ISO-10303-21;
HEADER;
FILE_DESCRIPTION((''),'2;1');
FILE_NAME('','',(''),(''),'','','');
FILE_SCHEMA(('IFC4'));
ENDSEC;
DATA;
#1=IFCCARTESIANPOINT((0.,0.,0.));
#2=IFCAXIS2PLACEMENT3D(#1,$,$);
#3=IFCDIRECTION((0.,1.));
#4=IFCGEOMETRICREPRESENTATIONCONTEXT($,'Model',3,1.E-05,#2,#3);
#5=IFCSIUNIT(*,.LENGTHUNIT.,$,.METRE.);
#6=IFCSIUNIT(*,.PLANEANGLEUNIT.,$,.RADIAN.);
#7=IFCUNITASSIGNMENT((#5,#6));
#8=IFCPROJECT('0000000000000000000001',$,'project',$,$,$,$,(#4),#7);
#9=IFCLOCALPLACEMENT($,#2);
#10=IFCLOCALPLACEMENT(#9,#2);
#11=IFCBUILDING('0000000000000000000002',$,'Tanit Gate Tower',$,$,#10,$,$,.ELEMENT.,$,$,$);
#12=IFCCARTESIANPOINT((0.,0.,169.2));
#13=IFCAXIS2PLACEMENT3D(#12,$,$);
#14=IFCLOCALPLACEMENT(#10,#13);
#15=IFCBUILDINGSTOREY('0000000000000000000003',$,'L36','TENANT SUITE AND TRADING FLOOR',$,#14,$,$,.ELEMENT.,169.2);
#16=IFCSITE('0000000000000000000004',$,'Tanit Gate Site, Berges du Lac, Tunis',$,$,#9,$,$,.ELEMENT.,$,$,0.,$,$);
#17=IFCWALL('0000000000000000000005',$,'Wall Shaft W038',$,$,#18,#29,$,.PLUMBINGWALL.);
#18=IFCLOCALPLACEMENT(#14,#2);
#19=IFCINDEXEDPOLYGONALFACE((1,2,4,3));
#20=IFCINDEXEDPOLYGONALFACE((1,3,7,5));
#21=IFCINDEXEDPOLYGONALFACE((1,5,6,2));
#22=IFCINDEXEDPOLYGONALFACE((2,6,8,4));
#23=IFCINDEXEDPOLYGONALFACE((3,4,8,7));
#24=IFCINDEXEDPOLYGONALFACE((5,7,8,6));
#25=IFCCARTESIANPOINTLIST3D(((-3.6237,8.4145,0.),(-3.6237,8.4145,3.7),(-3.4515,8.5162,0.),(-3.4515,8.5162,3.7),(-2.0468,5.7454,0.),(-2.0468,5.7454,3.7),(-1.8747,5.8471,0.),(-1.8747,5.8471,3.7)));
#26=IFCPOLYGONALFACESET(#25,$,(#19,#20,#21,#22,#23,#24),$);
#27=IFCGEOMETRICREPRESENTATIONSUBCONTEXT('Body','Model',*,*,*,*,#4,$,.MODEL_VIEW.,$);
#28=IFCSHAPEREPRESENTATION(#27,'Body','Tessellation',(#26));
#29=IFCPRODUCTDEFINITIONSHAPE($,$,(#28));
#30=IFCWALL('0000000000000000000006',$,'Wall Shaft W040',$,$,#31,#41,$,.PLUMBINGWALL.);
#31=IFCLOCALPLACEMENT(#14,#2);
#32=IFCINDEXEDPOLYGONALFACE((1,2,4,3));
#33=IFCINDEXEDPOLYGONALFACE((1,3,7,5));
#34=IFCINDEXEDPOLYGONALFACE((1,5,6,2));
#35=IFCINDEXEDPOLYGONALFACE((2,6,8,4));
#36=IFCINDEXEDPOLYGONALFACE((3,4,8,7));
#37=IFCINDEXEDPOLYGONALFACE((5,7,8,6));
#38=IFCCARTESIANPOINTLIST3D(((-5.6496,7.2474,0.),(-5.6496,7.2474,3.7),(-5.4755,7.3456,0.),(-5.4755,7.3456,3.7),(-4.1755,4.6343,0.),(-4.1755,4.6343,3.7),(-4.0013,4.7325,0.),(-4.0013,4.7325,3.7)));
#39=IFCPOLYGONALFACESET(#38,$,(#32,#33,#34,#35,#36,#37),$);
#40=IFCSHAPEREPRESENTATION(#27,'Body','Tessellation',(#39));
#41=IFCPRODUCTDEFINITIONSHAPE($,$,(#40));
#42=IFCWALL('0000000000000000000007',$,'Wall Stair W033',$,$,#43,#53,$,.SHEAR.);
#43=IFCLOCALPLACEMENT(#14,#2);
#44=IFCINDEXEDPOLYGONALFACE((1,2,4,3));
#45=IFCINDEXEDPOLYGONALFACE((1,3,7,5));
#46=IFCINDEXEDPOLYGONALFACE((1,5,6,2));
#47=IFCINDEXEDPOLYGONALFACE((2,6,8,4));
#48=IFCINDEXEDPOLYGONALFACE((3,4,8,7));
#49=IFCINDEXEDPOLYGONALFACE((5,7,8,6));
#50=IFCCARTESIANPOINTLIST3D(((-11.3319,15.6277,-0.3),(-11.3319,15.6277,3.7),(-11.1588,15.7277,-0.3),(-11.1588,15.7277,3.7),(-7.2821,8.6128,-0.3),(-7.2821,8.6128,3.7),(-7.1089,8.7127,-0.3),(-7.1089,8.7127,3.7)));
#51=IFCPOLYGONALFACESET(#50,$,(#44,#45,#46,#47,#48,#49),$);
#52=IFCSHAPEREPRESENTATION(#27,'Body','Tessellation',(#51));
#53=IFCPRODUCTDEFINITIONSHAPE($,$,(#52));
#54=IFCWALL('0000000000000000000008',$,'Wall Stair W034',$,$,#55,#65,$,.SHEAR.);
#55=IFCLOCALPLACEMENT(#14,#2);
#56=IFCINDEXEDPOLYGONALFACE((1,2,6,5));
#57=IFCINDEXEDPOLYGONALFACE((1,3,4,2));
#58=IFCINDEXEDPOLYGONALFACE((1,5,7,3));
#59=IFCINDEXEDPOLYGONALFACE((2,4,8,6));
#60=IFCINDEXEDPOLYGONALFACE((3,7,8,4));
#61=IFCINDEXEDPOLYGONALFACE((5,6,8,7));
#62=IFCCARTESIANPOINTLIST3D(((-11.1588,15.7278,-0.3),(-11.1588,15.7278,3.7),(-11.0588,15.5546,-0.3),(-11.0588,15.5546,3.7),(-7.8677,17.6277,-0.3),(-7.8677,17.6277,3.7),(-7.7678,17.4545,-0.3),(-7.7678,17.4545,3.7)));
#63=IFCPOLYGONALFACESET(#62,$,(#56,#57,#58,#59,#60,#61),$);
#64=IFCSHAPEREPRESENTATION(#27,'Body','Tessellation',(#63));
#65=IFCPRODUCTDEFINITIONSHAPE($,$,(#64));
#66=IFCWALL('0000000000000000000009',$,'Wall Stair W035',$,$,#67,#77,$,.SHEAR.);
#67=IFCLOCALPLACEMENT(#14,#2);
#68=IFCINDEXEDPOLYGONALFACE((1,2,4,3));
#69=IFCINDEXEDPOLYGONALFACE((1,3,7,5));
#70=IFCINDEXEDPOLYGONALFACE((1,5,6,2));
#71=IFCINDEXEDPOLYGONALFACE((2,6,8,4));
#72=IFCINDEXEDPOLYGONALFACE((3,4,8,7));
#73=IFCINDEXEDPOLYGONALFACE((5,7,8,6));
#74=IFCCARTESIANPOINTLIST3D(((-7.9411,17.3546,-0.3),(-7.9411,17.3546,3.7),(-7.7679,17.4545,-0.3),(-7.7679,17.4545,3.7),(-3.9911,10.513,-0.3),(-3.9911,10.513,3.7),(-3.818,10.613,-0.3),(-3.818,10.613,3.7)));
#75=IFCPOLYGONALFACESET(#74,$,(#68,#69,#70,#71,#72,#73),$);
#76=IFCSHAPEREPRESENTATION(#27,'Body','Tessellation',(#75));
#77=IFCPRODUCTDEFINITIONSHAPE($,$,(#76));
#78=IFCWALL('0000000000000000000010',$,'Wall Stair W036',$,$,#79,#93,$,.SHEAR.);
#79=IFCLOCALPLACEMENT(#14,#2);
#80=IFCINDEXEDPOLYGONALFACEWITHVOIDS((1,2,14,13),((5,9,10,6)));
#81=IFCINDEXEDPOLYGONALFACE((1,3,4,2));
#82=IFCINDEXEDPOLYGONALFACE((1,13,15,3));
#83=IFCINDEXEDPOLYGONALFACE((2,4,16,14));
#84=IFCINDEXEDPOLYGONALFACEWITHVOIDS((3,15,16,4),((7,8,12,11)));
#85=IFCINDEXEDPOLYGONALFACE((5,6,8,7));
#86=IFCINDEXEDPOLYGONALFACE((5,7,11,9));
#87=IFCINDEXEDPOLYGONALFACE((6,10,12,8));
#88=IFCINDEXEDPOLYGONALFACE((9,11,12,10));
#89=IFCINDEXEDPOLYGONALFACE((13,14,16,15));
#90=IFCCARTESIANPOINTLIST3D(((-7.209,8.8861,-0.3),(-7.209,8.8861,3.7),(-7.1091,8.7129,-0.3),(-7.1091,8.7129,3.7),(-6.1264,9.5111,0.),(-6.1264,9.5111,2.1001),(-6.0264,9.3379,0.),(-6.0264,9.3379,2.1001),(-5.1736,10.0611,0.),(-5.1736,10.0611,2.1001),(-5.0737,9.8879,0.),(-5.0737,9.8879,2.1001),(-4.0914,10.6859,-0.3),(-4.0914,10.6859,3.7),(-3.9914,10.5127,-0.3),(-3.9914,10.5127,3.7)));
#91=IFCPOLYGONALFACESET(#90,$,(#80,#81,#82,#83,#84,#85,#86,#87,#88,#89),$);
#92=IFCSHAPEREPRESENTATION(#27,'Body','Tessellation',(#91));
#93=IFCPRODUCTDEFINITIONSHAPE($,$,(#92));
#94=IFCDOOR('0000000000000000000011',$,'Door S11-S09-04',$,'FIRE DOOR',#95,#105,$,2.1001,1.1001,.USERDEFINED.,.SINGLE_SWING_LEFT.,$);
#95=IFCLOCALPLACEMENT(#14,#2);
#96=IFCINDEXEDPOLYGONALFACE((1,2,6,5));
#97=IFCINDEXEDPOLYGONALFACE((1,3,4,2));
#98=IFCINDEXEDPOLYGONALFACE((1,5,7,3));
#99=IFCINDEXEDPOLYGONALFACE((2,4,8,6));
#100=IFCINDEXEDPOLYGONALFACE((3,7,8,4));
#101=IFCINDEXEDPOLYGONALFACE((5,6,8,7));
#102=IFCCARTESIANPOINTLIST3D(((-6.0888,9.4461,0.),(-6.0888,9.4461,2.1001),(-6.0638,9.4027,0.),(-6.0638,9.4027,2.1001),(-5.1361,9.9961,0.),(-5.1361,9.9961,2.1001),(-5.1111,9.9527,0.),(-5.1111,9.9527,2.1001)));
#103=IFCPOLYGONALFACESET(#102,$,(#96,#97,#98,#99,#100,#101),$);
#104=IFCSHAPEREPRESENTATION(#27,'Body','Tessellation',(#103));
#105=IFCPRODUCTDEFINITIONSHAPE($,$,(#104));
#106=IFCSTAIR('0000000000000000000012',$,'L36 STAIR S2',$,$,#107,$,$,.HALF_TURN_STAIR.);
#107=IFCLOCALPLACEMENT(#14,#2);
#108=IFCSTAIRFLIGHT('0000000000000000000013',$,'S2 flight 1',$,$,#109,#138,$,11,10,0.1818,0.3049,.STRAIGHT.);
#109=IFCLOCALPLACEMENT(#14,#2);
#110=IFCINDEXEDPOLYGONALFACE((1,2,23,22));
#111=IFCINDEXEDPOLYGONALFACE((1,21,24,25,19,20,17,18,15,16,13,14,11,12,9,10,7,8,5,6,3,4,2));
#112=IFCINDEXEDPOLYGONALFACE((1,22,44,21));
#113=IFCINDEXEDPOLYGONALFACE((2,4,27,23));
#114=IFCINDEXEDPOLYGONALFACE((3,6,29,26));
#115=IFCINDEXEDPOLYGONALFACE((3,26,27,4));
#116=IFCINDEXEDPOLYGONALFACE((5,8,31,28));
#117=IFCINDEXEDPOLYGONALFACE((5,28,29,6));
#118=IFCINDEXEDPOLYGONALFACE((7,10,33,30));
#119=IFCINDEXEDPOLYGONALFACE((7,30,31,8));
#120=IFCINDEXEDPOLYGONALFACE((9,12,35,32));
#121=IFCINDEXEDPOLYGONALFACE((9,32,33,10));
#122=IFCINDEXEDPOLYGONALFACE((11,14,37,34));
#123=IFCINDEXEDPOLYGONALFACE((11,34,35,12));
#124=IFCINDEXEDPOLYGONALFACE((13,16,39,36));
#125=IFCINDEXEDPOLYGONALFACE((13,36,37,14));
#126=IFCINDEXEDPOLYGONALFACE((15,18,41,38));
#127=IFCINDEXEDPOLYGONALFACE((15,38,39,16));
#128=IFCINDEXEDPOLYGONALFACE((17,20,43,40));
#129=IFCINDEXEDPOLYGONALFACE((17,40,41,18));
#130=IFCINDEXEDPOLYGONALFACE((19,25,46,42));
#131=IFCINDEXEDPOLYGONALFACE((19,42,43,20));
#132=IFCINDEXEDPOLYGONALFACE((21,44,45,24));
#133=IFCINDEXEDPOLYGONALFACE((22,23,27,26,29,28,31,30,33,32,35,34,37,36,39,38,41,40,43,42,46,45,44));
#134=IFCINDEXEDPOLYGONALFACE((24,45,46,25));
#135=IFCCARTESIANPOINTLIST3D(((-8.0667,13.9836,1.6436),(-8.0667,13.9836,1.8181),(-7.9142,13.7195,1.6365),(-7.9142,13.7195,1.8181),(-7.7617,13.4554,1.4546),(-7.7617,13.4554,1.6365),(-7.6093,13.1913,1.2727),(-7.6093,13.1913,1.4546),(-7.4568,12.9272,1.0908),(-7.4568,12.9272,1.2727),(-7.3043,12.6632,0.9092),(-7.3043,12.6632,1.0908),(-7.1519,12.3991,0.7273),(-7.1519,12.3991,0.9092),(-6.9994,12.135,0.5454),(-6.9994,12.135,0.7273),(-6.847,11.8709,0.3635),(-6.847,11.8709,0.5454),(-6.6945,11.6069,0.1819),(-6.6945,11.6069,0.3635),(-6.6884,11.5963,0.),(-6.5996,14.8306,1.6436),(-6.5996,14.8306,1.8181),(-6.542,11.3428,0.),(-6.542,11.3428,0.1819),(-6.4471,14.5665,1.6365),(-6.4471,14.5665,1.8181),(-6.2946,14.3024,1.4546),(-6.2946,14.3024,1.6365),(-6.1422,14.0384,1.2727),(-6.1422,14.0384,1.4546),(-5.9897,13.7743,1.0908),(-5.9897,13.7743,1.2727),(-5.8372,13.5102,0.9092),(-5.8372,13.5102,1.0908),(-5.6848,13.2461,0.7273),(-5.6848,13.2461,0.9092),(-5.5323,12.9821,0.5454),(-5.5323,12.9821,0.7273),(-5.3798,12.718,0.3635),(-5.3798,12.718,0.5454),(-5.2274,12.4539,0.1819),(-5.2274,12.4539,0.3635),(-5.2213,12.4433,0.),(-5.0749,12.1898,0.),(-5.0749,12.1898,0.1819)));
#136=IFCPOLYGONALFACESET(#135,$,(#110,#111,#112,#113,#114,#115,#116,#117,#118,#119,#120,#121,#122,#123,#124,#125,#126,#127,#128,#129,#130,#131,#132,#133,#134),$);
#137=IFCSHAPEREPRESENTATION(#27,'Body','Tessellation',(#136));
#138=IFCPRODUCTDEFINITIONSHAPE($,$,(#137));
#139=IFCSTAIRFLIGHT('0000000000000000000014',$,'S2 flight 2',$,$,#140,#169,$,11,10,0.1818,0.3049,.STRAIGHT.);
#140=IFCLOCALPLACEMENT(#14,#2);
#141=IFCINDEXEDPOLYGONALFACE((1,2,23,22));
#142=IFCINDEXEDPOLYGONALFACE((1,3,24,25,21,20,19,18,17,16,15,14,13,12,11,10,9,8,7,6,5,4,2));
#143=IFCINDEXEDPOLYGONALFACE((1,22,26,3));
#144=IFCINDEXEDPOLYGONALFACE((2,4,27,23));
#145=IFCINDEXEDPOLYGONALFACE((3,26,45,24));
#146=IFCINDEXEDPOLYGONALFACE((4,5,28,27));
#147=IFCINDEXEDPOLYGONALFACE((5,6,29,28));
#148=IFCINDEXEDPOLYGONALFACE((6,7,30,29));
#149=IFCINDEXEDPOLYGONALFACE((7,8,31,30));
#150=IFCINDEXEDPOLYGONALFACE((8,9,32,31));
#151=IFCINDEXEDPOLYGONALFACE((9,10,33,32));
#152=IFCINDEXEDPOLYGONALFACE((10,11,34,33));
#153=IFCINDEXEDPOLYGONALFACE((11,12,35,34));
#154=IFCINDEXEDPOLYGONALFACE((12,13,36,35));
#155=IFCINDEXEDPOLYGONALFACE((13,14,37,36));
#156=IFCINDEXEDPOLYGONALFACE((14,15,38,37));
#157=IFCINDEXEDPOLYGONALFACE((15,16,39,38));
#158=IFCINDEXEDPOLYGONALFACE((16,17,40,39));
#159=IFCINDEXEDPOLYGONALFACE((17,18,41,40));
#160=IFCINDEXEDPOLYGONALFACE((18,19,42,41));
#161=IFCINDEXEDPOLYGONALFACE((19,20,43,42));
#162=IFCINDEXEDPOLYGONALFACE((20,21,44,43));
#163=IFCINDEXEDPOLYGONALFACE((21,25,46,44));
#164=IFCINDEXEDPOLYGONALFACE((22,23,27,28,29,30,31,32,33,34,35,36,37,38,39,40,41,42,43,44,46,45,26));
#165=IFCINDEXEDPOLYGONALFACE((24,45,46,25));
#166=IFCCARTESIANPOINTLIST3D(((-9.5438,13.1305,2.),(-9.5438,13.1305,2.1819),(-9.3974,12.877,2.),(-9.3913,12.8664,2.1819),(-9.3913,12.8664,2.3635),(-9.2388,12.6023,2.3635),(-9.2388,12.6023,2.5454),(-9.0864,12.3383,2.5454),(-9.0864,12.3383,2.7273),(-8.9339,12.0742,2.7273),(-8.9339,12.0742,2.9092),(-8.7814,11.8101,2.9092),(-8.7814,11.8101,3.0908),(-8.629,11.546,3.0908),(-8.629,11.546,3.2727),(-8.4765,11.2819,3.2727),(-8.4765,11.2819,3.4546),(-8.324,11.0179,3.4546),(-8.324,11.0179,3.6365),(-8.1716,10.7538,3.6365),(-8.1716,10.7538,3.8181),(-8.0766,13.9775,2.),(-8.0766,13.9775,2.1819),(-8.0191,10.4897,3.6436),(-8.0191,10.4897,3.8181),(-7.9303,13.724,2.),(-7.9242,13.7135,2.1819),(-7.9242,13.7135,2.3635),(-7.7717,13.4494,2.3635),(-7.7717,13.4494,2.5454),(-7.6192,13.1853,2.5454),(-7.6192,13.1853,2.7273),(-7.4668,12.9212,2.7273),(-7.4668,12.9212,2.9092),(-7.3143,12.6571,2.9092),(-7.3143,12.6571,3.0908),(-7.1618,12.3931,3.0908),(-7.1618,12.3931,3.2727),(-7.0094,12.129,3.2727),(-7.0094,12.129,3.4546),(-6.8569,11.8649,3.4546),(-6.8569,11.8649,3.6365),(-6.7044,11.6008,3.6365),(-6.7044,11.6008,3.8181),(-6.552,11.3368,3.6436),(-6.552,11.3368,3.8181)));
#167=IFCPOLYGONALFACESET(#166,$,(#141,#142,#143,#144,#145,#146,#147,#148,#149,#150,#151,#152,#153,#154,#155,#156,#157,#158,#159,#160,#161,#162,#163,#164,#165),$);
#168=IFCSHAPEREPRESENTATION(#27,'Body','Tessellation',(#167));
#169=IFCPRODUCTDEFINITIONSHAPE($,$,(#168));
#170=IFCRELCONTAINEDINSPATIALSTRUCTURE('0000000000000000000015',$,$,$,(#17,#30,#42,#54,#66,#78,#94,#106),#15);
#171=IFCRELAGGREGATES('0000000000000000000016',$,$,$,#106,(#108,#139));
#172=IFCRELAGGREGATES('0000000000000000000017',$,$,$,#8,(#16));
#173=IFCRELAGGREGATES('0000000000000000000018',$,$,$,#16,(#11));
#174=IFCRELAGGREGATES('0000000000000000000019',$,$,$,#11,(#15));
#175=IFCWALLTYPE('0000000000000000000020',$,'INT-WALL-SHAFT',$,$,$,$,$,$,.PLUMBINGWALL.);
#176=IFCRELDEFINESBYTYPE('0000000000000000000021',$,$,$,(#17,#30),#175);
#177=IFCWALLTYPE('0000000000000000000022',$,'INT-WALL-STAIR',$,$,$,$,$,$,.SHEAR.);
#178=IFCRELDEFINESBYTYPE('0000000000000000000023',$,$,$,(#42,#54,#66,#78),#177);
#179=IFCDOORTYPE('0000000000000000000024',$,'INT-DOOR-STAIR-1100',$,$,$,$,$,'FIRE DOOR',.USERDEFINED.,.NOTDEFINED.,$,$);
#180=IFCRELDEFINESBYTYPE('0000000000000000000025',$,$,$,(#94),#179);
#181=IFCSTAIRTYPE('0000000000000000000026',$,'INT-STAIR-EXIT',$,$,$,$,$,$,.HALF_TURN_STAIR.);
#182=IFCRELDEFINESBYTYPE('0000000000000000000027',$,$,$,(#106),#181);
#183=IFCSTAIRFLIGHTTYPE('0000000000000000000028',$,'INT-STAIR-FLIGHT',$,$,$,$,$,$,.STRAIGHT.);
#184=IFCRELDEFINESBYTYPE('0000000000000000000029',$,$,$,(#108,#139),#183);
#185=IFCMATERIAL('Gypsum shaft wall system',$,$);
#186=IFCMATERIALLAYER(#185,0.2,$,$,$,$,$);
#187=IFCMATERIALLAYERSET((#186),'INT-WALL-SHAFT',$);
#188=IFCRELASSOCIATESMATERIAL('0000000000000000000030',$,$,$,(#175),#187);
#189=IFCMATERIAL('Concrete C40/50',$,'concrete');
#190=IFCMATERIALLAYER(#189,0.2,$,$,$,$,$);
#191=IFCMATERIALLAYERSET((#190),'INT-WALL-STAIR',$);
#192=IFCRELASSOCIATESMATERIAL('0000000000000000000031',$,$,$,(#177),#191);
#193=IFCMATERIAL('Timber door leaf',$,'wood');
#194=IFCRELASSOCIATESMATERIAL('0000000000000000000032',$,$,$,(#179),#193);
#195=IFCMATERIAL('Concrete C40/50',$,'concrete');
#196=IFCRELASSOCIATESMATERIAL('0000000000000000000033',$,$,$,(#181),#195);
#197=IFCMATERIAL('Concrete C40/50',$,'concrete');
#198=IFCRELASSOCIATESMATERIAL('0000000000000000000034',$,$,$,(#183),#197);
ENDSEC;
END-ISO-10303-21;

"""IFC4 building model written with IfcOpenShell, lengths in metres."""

from ifc_helpers import new_model, si_unit, direction, frame, frame_2d, origin, place, context, subcontext, project, spatial, polyline, rectangle, outline, extrude, material, layer, layer_set, type_object, element, fill, aggregate, save


model = new_model("IFC4")

# Units and contexts
model_context = context("Model", 3, precision=1e-05, world=origin(), true_north=direction((0.0, 1.0)))
body_context = subcontext(model_context, "Body", "Model", "MODEL_VIEW")
ifc_project = project(units=[si_unit("LENGTHUNIT", "METRE"), si_unit("PLANEANGLEUNIT", "RADIAN")], contexts=[model_context])

# Site, building, storey
site_placement = place(None, origin())
site = spatial("IfcSite", under=ifc_project, at=site_placement, Name="Tanit Gate Site, Berges du Lac, Tunis", CompositionType="ELEMENT", RefElevation=0.0)
building_placement = place(site_placement, origin())
building = spatial("IfcBuilding", under=site, at=building_placement, Name="Tanit Gate Tower", CompositionType="ELEMENT")
storey_placement = place(building_placement, frame((0.0, 0.0, 169.2)))
storey = spatial("IfcBuildingStorey", under=building, at=storey_placement, Name="L36", Description="TENANT SUITE AND TRADING FLOOR", CompositionType="ELEMENT", Elevation=169.2)

# Shared definitions
ifc_material_1 = material(Name="Gypsum shaft wall system")
ifc_layer_1 = layer(ifc_material_1, 0.2)
ifc_layer_set_1 = layer_set([ifc_layer_1], Name="INT-WALL-SHAFT")
wall_type_1 = type_object("IfcWallType", Name="INT-WALL-SHAFT", PredefinedType="PLUMBINGWALL", material=ifc_layer_set_1)

# Walls
wall_1_placement = place(storey_placement, frame((-3.5376, 8.4653, 0.0), z_axis=(0.0, 0.0, 1.0), x_axis=(0.508647, -0.860975, 0.0)))
element("IfcWall", 1, at=wall_1_placement, inside=storey, type_object=wall_type_1, Name="Wall Shaft W038", PredefinedType="PLUMBINGWALL", context=body_context, shape_type="SweptSolid", body=[
    extrude(rectangle(XDim=3.1001, YDim=0.2, at=frame_2d((1.55, 0.0))), origin(), (0.0, 0.0, 1.0), 3.7),
])
wall_2_placement = place(storey_placement, frame((-5.5625, 7.2964, 0.0), z_axis=(0.0, 0.0, 1.0), x_axis=(0.491347, -0.870964, 0.0)))
element("IfcWall", 2, at=wall_2_placement, inside=storey, type_object=wall_type_1, Name="Wall Shaft W040", PredefinedType="PLUMBINGWALL", context=body_context, shape_type="SweptSolid", body=[
    extrude(rectangle(XDim=3.0002, YDim=0.2, at=frame_2d((1.5, 0.0))), origin(), (0.0, 0.0, 1.0), 3.7),
])
ifc_material_2 = material(Name="Concrete C40/50", Category="concrete")
ifc_layer_2 = layer(ifc_material_2, 0.2)
ifc_layer_set_2 = layer_set([ifc_layer_2], Name="INT-WALL-STAIR")
wall_type_2 = type_object("IfcWallType", Name="INT-WALL-STAIR", PredefinedType="SHEAR", material=ifc_layer_set_2)
wall_3_placement = place(storey_placement, frame((-11.2454, 15.6777, -0.3), z_axis=(0.0, 0.0, 1.0), x_axis=(0.499977, -0.866039, 0.0)))
element("IfcWall", 3, at=wall_3_placement, inside=storey, type_object=wall_type_2, Name="Wall Stair W033", PredefinedType="SHEAR", context=body_context, shape_type="SweptSolid", body=[
    extrude(rectangle(XDim=8.1001, YDim=0.2, at=frame_2d((4.05, 0.0))), origin(), (0.0, 0.0, 1.0), 4.0),
])
wall_4_placement = place(storey_placement, frame((-7.8179, 17.541, -0.3), z_axis=(0.0, 0.0, 1.0), x_axis=(-0.866044, -0.499967, 0.0)))
element("IfcWall", 4, at=wall_4_placement, inside=storey, type_object=wall_type_2, Name="Wall Stair W034", PredefinedType="SHEAR", context=body_context, shape_type="SweptSolid", body=[
    extrude(rectangle(XDim=3.8, YDim=0.2, at=frame_2d((1.8999, 0.0))), origin(), (0.0, 0.0, 1.0), 4.0),
])
wall_5_placement = place(storey_placement, frame((-7.8545, 17.4045, -0.3), z_axis=(0.0, 0.0, 1.0), x_axis=(0.499998, -0.866027, 0.0)))
element("IfcWall", 5, at=wall_5_placement, inside=storey, type_object=wall_type_2, Name="Wall Stair W035", PredefinedType="SHEAR", context=body_context, shape_type="SweptSolid", body=[
    extrude(rectangle(XDim=7.8999, YDim=0.2, at=frame_2d((3.95, 0.0))), origin(), (0.0, 0.0, 1.0), 4.0),
])

# Wall, opening, door
wall_6_placement = place(storey_placement, frame((-7.1589, 8.7996, -0.3), z_axis=(0.0, 0.0, 1.0), x_axis=(0.866048, 0.499961, 0.0)))
wall_6 = element("IfcWall", 6, at=wall_6_placement, inside=storey, type_object=wall_type_2, Name="Wall Stair W036", PredefinedType="SHEAR", context=body_context, shape_type="SweptSolid", body=[
    extrude(rectangle(XDim=3.5999, YDim=0.2, at=frame_2d((1.7998, 0.0))), origin(), (0.0, 0.0, 1.0), 4.0),
])
opening_1_placement = place(wall_6_placement, frame((1.25, 0.0, 0.3)))
opening_1 = element("IfcOpeningElement", 7, at=opening_1_placement, cuts=wall_6, PredefinedType="OPENING", context=body_context, shape_type="SweptSolid", body=[
    extrude(rectangle(XDim=1.1001, YDim=2.1001, at=frame_2d((0.55, 1.05))), frame((0.0, 0.1099, 0.0), z_axis=(0.0, -1.0, 0.0), x_axis=(1.0, 0.0, 0.0)), (0.0, 0.0, 1.0), 0.22),
])
ifc_material_3 = material(Name="Timber door leaf", Category="wood")
door_type_1 = type_object("IfcDoorType", Name="INT-DOOR-STAIR-1100", ElementType="FIRE DOOR", OperationType="NOTDEFINED", PredefinedType="USERDEFINED", material=ifc_material_3)
door_1_placement = place(opening_1_placement, origin())
door_1 = element("IfcDoor", 8, at=door_1_placement, inside=storey, type_object=door_type_1, Name="Door S11-S09-04", ObjectType="FIRE DOOR", OperationType="SINGLE_SWING_LEFT", OverallHeight=2.1001, OverallWidth=1.1001, PredefinedType="USERDEFINED", context=body_context, shape_type="SweptSolid", body=[
    extrude(rectangle(XDim=1.1001, YDim=2.1001, at=frame_2d((0.55, 1.05))), frame((0.0, 0.0249, 0.0), z_axis=(0.0, -1.0, 0.0), x_axis=(1.0, 0.0, 0.0)), (0.0, 0.0, 1.0), 0.05),
])
fill(opening_1, door_1)

# Stair, stair flights
ifc_material_4 = material(Name="Concrete C40/50", Category="concrete")
stair_type = type_object("IfcStairType", Name="INT-STAIR-EXIT", PredefinedType="HALF_TURN_STAIR", material=ifc_material_4)
stair_placement = place(storey_placement, origin())
stair = element("IfcStair", 9, at=stair_placement, inside=storey, type_object=stair_type, Name="L36 STAIR S2", PredefinedType="HALF_TURN_STAIR")
ifc_material_5 = material(Name="Concrete C40/50", Category="concrete")
stair_flight_type = type_object("IfcStairFlightType", Name="INT-STAIR-FLIGHT", PredefinedType="STRAIGHT", material=ifc_material_5)
stair_flight_1_placement = place(storey_placement, frame((-5.8083, 11.7664, 0.0), z_axis=(0.0, 0.0, 1.0), x_axis=(-0.5, 0.866025, 0.0)))
stair_flight_1 = element("IfcStairFlight", 10, at=stair_flight_1_placement, type_object=stair_flight_type, Name="S2 flight 1", NumberOfRisers=11, NumberOfTreads=10, PredefinedType="STRAIGHT", RiserHeight=0.1818, TreadLength=0.3049, context=body_context, shape_type="SweptSolid", body=[
    extrude(outline(polyline([(0.0, 0.0), (0.0, 0.1819), (0.3049, 0.1819), (0.3049, 0.3635), (0.6099, 0.3635), (0.6099, 0.5454), (0.9148, 0.5454), (0.9148, 0.7273), (1.2197, 0.7273), (1.2197, 0.9092), (1.5247, 0.9092), (1.5247, 1.0908), (1.8296, 1.0908), (1.8296, 1.2727), (2.1345, 1.2727), (2.1345, 1.4546), (2.4395, 1.4546), (2.4395, 1.6365), (2.7444, 1.6365), (2.7444, 1.8181), (3.0493, 1.8181), (3.0493, 2.0), (3.0493, 1.6436), (0.2927, 0.0), (0.0, 0.0)])), frame((0.0, 0.8472, 0.0), z_axis=(0.0, -1.0, 0.0), x_axis=(1.0, 0.0, 0.0)), (0.0, 0.0, 1.0), 1.6941),
])
stair_flight_2_placement = place(storey_placement, frame((-8.8103, 13.554, 2.0), z_axis=(0.0, 0.0, 1.0), x_axis=(0.5, -0.866025, 0.0)))
stair_flight_2 = element("IfcStairFlight", 11, at=stair_flight_2_placement, type_object=stair_flight_type, Name="S2 flight 2", NumberOfRisers=11, NumberOfTreads=10, PredefinedType="STRAIGHT", RiserHeight=0.1818, TreadLength=0.3049, context=body_context, shape_type="SweptSolid", body=[
    extrude(outline(polyline([(0.0, 0.0), (0.0, 0.1819), (0.3049, 0.1819), (0.3049, 0.3635), (0.6099, 0.3635), (0.6099, 0.5454), (0.9148, 0.5454), (0.9148, 0.7273), (1.2197, 0.7273), (1.2197, 0.9092), (1.5247, 0.9092), (1.5247, 1.0908), (1.8296, 1.0908), (1.8296, 1.2727), (2.1345, 1.2727), (2.1345, 1.4546), (2.4395, 1.4546), (2.4395, 1.6365), (2.7444, 1.6365), (2.7444, 1.8181), (3.0493, 1.8181), (3.0493, 2.0), (3.0493, 1.6436), (0.2927, 0.0), (0.0, 0.0)])), frame((0.0, 0.8472, 0.0), z_axis=(0.0, -1.0, 0.0), x_axis=(1.0, 0.0, 0.0)), (0.0, 0.0, 1.0), 1.6941),
])
aggregate(stair, [stair_flight_1, stair_flight_2])

save(model, "model.ifc")
